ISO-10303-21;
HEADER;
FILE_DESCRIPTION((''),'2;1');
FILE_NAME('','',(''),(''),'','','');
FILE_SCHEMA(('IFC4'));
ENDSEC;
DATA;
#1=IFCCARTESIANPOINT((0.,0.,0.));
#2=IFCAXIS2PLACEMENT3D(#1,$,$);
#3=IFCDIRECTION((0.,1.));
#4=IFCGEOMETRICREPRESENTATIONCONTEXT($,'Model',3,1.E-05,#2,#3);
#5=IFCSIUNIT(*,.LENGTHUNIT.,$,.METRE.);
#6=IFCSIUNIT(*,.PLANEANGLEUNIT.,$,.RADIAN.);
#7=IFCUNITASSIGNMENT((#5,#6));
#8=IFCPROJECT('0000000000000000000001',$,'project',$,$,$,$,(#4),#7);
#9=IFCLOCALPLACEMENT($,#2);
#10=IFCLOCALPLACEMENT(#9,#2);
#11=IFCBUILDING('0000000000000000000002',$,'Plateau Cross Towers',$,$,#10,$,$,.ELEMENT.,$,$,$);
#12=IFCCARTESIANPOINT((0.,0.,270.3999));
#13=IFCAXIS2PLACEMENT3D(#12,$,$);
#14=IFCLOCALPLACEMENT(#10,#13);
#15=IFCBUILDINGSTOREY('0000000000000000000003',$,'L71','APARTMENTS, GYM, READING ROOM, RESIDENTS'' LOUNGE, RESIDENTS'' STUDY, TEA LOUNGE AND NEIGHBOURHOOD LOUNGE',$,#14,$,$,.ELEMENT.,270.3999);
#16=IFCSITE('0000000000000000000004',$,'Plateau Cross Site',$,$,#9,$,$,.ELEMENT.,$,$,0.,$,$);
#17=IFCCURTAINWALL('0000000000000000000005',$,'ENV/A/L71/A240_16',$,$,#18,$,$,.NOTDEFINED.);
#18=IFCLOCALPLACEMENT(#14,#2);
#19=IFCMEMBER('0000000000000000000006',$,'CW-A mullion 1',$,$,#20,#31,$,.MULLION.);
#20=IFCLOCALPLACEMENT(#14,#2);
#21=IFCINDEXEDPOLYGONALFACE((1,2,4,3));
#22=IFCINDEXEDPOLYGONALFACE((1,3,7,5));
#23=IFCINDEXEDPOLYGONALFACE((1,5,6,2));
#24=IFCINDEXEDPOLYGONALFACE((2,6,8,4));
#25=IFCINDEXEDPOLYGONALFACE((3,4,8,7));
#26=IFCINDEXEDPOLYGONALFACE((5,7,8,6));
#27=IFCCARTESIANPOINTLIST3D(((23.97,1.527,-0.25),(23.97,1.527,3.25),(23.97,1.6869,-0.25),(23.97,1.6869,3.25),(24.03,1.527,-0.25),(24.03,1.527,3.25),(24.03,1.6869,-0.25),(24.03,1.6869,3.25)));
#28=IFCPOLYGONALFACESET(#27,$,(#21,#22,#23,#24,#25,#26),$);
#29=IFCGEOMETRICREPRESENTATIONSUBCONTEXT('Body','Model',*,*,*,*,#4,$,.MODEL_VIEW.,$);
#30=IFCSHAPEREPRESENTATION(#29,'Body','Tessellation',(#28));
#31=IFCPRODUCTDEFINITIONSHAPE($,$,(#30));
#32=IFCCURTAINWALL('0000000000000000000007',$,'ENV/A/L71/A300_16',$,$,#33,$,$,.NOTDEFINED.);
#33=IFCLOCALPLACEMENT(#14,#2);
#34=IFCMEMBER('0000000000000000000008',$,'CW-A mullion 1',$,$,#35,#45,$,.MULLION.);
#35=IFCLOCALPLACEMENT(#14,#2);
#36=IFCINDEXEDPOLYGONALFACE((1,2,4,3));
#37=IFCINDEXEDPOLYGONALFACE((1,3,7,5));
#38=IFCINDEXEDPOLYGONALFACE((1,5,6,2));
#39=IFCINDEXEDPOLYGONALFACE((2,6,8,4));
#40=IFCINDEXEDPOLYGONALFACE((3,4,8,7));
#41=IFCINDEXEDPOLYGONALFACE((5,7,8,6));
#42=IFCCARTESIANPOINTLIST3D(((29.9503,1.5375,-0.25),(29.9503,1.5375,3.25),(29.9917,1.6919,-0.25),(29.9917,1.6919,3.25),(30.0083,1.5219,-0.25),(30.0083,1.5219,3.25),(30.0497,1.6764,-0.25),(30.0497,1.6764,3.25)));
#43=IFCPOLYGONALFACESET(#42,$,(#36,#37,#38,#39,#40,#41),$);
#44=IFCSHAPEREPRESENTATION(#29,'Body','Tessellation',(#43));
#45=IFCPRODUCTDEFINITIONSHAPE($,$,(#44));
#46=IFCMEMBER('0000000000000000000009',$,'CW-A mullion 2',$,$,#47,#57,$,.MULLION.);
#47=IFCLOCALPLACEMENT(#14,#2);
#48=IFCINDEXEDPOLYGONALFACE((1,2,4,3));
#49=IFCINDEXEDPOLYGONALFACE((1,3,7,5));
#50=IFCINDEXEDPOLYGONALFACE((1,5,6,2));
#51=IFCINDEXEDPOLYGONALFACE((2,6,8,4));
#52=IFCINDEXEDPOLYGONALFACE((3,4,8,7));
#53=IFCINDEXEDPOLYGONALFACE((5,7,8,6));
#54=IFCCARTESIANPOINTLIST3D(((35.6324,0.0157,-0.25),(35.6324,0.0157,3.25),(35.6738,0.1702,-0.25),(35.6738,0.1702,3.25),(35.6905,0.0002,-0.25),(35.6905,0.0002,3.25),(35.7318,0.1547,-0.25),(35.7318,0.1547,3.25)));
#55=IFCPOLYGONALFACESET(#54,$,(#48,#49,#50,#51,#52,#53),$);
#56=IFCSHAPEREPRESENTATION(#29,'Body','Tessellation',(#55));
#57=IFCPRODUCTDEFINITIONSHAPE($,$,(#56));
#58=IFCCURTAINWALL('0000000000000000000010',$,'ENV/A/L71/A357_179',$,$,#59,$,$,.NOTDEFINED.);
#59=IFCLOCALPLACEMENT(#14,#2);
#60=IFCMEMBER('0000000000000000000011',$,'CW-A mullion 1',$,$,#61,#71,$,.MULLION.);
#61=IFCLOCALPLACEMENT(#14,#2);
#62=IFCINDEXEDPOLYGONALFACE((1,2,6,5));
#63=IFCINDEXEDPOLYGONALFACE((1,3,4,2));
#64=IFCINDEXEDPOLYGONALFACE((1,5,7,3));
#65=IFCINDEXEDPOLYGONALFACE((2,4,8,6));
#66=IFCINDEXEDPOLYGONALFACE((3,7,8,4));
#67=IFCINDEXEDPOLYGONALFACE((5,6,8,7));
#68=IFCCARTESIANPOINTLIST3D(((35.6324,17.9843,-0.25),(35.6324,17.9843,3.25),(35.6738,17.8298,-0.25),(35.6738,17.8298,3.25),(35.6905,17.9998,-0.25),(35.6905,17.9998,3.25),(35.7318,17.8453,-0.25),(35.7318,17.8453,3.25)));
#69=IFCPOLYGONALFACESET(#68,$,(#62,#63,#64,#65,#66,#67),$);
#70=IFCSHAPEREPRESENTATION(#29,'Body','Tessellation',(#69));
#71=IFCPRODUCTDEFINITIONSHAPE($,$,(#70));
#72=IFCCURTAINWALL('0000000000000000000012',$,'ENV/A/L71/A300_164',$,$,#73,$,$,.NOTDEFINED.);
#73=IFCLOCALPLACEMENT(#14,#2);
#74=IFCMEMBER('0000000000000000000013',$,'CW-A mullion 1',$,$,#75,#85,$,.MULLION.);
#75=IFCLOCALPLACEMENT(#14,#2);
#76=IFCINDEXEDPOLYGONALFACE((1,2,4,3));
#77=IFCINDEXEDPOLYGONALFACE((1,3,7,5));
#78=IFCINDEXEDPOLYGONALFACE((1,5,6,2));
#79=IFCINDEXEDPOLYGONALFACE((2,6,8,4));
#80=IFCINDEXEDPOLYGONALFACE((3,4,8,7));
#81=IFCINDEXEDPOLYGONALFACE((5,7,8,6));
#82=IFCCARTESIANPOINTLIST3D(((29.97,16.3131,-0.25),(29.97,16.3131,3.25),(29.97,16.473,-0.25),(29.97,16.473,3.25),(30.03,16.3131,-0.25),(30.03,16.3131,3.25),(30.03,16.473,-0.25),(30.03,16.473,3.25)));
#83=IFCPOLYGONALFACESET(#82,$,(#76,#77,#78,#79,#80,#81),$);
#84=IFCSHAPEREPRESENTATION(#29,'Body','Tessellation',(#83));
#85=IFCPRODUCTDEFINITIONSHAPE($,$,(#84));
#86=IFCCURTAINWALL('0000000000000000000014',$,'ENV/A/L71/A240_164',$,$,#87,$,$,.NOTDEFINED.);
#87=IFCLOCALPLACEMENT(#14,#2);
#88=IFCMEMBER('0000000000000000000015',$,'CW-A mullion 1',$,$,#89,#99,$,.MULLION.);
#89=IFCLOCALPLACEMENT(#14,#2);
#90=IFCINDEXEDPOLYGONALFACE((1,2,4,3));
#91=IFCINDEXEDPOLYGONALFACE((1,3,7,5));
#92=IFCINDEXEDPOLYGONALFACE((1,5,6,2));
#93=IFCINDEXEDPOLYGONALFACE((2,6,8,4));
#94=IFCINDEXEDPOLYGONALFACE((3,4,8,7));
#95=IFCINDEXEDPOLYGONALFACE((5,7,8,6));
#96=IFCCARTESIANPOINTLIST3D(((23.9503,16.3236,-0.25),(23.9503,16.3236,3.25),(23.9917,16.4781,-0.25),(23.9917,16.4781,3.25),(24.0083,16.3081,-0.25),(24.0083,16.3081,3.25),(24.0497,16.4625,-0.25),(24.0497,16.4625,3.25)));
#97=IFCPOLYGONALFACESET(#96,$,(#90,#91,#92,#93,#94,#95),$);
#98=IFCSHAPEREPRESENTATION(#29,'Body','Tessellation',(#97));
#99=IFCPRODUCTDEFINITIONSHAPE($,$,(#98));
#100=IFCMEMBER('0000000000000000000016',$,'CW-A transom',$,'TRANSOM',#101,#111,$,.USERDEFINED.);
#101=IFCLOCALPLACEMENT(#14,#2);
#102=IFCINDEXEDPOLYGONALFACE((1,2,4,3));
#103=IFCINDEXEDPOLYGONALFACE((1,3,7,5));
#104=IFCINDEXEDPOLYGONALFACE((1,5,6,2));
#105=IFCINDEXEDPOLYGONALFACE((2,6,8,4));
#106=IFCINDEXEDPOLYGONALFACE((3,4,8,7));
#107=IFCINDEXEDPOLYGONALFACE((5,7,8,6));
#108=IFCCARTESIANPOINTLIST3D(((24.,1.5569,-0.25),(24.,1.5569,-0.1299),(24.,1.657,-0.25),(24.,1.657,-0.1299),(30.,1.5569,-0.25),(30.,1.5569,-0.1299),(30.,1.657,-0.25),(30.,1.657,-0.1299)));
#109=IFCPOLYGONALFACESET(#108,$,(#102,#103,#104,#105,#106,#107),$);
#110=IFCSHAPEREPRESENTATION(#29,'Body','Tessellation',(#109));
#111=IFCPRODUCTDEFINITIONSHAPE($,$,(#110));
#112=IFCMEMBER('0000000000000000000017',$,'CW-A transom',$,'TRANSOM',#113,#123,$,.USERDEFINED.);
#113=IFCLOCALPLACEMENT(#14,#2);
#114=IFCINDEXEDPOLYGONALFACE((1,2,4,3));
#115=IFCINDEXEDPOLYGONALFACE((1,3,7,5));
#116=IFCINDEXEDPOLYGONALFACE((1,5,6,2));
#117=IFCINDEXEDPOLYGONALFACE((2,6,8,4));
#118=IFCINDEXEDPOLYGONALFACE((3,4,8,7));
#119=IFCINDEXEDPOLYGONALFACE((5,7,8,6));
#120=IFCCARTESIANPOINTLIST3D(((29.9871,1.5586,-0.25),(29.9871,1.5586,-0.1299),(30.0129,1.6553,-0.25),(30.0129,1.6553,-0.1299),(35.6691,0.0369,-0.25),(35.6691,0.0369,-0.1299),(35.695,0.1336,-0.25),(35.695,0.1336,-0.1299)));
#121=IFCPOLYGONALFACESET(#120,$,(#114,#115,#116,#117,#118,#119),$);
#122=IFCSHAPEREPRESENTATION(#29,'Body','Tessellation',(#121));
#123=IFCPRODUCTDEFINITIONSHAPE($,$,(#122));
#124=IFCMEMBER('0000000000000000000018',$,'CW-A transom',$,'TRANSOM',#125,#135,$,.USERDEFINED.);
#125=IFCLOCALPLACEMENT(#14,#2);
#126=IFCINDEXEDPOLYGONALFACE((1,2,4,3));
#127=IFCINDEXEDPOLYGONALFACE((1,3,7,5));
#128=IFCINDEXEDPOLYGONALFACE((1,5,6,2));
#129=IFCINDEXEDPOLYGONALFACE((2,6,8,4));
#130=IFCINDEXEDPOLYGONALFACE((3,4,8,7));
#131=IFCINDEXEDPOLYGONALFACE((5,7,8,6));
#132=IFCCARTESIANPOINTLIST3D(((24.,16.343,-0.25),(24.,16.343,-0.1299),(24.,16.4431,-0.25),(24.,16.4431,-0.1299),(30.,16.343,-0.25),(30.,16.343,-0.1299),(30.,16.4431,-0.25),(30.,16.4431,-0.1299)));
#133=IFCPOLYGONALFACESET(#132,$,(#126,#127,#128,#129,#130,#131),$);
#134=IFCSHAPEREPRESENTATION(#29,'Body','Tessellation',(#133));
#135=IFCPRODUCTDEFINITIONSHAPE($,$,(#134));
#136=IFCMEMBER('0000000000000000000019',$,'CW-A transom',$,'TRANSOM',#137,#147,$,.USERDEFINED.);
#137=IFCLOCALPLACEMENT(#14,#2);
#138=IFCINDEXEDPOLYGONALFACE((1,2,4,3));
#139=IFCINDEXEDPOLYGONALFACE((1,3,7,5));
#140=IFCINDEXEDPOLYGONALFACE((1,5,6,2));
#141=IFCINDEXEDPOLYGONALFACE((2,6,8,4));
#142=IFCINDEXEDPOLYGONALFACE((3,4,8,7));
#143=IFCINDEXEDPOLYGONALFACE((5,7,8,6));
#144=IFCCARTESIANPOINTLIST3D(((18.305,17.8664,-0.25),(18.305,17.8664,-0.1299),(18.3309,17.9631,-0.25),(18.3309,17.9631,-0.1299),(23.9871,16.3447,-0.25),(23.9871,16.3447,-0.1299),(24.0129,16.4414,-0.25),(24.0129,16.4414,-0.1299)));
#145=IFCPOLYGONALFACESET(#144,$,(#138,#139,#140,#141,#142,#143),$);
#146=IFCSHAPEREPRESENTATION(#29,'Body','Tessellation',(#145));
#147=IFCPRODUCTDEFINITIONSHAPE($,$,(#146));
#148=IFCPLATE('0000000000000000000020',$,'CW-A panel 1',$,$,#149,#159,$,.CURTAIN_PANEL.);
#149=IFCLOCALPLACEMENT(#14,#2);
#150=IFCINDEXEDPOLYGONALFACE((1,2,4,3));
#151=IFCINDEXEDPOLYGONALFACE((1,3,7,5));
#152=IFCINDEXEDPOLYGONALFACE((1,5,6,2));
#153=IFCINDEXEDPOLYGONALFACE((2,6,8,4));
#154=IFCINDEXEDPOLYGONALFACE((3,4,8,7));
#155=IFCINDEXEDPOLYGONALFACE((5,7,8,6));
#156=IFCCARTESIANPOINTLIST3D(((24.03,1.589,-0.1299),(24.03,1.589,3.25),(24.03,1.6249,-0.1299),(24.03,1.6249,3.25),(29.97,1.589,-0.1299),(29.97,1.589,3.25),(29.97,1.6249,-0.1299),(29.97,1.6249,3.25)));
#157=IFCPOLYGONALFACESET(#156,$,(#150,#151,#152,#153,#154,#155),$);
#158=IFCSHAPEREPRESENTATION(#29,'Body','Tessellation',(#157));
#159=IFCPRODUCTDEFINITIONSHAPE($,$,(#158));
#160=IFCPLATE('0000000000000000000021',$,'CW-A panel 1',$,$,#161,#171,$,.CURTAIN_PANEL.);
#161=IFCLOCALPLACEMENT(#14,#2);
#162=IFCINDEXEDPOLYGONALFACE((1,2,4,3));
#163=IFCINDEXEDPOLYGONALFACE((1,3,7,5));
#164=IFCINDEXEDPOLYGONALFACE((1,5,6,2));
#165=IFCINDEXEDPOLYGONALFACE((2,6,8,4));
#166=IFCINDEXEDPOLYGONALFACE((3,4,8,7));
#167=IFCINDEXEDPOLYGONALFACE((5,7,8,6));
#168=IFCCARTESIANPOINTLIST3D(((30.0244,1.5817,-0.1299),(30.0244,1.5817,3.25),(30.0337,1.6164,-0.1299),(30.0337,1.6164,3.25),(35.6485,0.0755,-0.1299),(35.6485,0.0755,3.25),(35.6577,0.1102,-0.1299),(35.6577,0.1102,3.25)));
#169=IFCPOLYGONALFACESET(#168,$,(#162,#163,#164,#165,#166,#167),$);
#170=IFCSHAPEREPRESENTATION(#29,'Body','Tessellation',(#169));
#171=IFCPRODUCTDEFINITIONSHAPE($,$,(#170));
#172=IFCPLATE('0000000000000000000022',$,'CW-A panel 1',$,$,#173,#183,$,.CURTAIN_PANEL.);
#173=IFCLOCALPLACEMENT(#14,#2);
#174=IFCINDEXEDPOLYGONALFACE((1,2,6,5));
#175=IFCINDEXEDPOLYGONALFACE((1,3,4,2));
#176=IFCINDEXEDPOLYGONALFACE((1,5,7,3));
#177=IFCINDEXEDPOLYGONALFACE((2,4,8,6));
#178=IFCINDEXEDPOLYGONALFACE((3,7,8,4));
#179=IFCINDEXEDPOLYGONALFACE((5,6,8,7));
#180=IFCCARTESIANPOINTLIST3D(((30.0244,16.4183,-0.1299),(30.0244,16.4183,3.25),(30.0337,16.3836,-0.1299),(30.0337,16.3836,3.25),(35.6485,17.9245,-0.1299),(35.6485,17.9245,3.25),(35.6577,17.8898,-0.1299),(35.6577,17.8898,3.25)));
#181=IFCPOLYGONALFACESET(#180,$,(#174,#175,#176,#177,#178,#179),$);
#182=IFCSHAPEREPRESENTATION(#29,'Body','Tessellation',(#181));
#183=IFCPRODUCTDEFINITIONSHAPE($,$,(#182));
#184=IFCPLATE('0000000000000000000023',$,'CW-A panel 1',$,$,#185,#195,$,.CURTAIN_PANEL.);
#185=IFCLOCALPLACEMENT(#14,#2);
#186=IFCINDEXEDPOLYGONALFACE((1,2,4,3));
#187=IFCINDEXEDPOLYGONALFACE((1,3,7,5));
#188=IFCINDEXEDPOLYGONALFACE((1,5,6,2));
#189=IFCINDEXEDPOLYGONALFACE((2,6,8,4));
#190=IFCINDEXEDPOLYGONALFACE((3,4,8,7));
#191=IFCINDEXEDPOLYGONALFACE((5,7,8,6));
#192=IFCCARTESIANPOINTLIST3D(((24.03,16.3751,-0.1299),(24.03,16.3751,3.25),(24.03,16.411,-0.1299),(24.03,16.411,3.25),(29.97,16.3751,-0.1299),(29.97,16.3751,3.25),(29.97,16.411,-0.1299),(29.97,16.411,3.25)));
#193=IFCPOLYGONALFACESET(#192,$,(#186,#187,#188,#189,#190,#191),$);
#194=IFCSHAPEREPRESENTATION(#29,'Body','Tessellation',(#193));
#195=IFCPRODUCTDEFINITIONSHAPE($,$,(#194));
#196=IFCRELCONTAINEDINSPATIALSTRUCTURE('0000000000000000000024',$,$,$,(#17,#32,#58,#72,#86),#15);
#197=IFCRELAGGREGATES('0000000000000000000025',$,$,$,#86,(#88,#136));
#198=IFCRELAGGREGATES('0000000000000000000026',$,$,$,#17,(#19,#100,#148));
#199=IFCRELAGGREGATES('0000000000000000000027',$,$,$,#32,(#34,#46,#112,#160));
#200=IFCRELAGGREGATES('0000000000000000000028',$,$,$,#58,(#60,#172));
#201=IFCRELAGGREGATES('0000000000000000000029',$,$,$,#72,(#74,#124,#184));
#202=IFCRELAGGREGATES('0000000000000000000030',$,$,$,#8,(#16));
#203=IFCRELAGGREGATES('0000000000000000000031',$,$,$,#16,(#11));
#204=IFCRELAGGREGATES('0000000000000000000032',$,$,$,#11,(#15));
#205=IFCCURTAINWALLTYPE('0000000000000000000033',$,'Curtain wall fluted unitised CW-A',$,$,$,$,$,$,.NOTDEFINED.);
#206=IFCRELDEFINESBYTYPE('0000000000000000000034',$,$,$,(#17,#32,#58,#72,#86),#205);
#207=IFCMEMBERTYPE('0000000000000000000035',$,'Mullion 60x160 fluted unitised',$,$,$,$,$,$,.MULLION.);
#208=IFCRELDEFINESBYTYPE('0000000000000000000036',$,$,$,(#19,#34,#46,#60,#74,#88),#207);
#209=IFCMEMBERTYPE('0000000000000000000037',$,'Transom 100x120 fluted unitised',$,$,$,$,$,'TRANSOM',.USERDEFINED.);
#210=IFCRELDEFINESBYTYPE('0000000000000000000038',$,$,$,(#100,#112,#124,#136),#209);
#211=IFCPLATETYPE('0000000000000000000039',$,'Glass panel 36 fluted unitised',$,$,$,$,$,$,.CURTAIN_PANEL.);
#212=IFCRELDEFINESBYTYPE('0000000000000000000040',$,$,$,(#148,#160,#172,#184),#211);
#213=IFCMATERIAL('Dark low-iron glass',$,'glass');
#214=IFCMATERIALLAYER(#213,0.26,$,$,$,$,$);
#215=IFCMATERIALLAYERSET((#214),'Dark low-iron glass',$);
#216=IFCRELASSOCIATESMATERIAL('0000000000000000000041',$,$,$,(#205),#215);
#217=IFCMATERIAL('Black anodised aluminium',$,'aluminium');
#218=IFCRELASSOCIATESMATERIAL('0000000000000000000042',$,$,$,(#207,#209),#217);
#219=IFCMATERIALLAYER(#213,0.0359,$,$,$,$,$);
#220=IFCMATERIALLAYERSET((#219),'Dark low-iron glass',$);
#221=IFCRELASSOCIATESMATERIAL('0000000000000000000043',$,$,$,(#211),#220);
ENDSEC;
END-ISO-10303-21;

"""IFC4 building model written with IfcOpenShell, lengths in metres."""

from ifc_helpers import new_model, si_unit, direction, frame, origin, origin_2d, place, context, subcontext, project, spatial, rectangle, extrude, material, layer, layer_set, material_profile, profile_set, type_object, element, aggregate, save


model = new_model("IFC4")

# Units and contexts
model_context = context("Model", 3, precision=1e-05, world=origin(), true_north=direction((0.0, 1.0)))
body_context = subcontext(model_context, "Body", "Model", "MODEL_VIEW")
ifc_project = project(units=[si_unit("LENGTHUNIT", "METRE"), si_unit("PLANEANGLEUNIT", "RADIAN")], contexts=[model_context])

# Site, building, storey
site_placement = place(None, origin())
site = spatial("IfcSite", under=ifc_project, at=site_placement, Name="Plateau Cross Site", CompositionType="ELEMENT", RefElevation=0.0)
building_placement = place(site_placement, origin())
building = spatial("IfcBuilding", under=site, at=building_placement, Name="Plateau Cross Towers", CompositionType="ELEMENT")
storey_placement = place(building_placement, frame((0.0, 0.0, 270.3999)))
storey = spatial("IfcBuildingStorey", under=building, at=storey_placement, Name="L71", Description="APARTMENTS, GYM, READING ROOM, RESIDENTS' LOUNGE, RESIDENTS' STUDY, TEA LOUNGE AND NEIGHBOURHOOD LOUNGE", CompositionType="ELEMENT", Elevation=270.3999)

# Curtain wall, member
ifc_material_1 = material(Name="Dark low-iron glass", Category="glass")
ifc_layer_1 = layer(ifc_material_1, 0.26)
ifc_layer_set_1 = layer_set([ifc_layer_1], Name="Dark low-iron glass")
curtain_wall_type = type_object("IfcCurtainWallType", Name="Curtain wall fluted unitised CW-A", PredefinedType="NOTDEFINED", material=ifc_layer_set_1)
curtain_wall_1_placement = place(storey_placement, origin())
curtain_wall_1 = element("IfcCurtainWall", 1, at=curtain_wall_1_placement, inside=storey, type_object=curtain_wall_type, Name="ENV/A/L71/A240_16", PredefinedType="NOTDEFINED")
ifc_material_2 = material(Name="Black anodised aluminium", Category="aluminium")
ifc_material_profile_1 = material_profile(ifc_material_2, rectangle(XDim=0.0601, YDim=0.1599, at=origin_2d()), Name="MULLION 60x160")
ifc_profile_set_1 = profile_set([ifc_material_profile_1], Name="Black anodised aluminium")
member_type_1 = type_object("IfcMemberType", Name="Mullion 60x160 fluted unitised", PredefinedType="MULLION", material=ifc_profile_set_1)
member_1_placement = place(storey_placement, frame((24.0, 1.6069, -0.25), z_axis=(0.0, 0.0, 1.0), x_axis=(1.0, 0.0, 0.0)))
member_1 = element("IfcMember", 2, at=member_1_placement, type_object=member_type_1, Name="CW-A mullion 1", PredefinedType="MULLION", context=body_context, shape_type="SweptSolid", body=[
    extrude(rectangle(XDim=0.0601, YDim=0.1599, at=origin_2d()), origin(), (0.0, 0.0, 1.0), 3.5),
])

# Curtain wall, members
curtain_wall_2_placement = place(storey_placement, origin())
curtain_wall_2 = element("IfcCurtainWall", 3, at=curtain_wall_2_placement, inside=storey, type_object=curtain_wall_type, Name="ENV/A/L71/A300_16", PredefinedType="NOTDEFINED")
member_2_placement = place(storey_placement, frame((30.0, 1.6069, -0.25), z_axis=(0.0, 0.0, 1.0), x_axis=(0.965958, -0.258699, 0.0)))
member_2 = element("IfcMember", 4, at=member_2_placement, type_object=member_type_1, Name="CW-A mullion 1", PredefinedType="MULLION", context=body_context, shape_type="SweptSolid", body=[
    extrude(rectangle(XDim=0.0601, YDim=0.1599, at=origin_2d()), origin(), (0.0, 0.0, 1.0), 3.5),
])
member_3_placement = place(storey_placement, frame((35.6821, 0.0852, -0.25), z_axis=(0.0, 0.0, 1.0), x_axis=(0.965958, -0.258699, 0.0)))
member_3 = element("IfcMember", 5, at=member_3_placement, type_object=member_type_1, Name="CW-A mullion 2", PredefinedType="MULLION", context=body_context, shape_type="SweptSolid", body=[
    extrude(rectangle(XDim=0.0601, YDim=0.1599, at=origin_2d()), origin(), (0.0, 0.0, 1.0), 3.5),
])

# Curtain walls, members
curtain_wall_3_placement = place(storey_placement, origin())
curtain_wall_3 = element("IfcCurtainWall", 6, at=curtain_wall_3_placement, inside=storey, type_object=curtain_wall_type, Name="ENV/A/L71/A357_179", PredefinedType="NOTDEFINED")
member_4_placement = place(storey_placement, frame((35.6821, 17.9148, -0.25), z_axis=(0.0, 0.0, 1.0), x_axis=(-0.965958, -0.258699, 0.0)))
member_4 = element("IfcMember", 7, at=member_4_placement, type_object=member_type_1, Name="CW-A mullion 1", PredefinedType="MULLION", context=body_context, shape_type="SweptSolid", body=[
    extrude(rectangle(XDim=0.0601, YDim=0.1599, at=origin_2d()), origin(), (0.0, 0.0, 1.0), 3.5),
])
curtain_wall_4_placement = place(storey_placement, origin())
curtain_wall_4 = element("IfcCurtainWall", 8, at=curtain_wall_4_placement, inside=storey, type_object=curtain_wall_type, Name="ENV/A/L71/A300_164", PredefinedType="NOTDEFINED")
member_5_placement = place(storey_placement, frame((30.0, 16.3931, -0.25), z_axis=(0.0, 0.0, 1.0), x_axis=(-1.0, 0.0, 0.0)))
member_5 = element("IfcMember", 9, at=member_5_placement, type_object=member_type_1, Name="CW-A mullion 1", PredefinedType="MULLION", context=body_context, shape_type="SweptSolid", body=[
    extrude(rectangle(XDim=0.0601, YDim=0.1599, at=origin_2d()), origin(), (0.0, 0.0, 1.0), 3.5),
])
curtain_wall_5_placement = place(storey_placement, origin())
curtain_wall_5 = element("IfcCurtainWall", 10, at=curtain_wall_5_placement, inside=storey, type_object=curtain_wall_type, Name="ENV/A/L71/A240_164", PredefinedType="NOTDEFINED")
member_6_placement = place(storey_placement, frame((24.0, 16.3931, -0.25), z_axis=(0.0, 0.0, 1.0), x_axis=(-0.965958, 0.258699, 0.0)))
member_6 = element("IfcMember", 11, at=member_6_placement, type_object=member_type_1, Name="CW-A mullion 1", PredefinedType="MULLION", context=body_context, shape_type="SweptSolid", body=[
    extrude(rectangle(XDim=0.0601, YDim=0.1599, at=origin_2d()), origin(), (0.0, 0.0, 1.0), 3.5),
])

# Members
ifc_material_profile_2 = material_profile(ifc_material_2, rectangle(XDim=0.1001, YDim=0.1201, at=origin_2d()), Name="TRANSOM 100x120")
ifc_profile_set_2 = profile_set([ifc_material_profile_2], Name="Black anodised aluminium")
member_type_2 = type_object("IfcMemberType", Name="Transom 100x120 fluted unitised", ElementType="TRANSOM", PredefinedType="USERDEFINED", material=ifc_profile_set_2)
member_7_placement = place(storey_placement, frame((24.0, 1.6069, -0.1899), z_axis=(1.0, 0.0, 0.0), x_axis=(0.0, 1.0, 0.0)))
member_7 = element("IfcMember", 12, at=member_7_placement, type_object=member_type_2, Name="CW-A transom", ObjectType="TRANSOM", PredefinedType="USERDEFINED", context=body_context, shape_type="SweptSolid", body=[
    extrude(rectangle(XDim=0.1001, YDim=0.1201, at=origin_2d()), origin(), (0.0, 0.0, 1.0), 6.0),
])
member_8_placement = place(storey_placement, frame((30.0, 1.6069, -0.1899), z_axis=(0.96596, -0.258693, 0.0), x_axis=(0.258693, 0.96596, 0.0)))
member_8 = element("IfcMember", 13, at=member_8_placement, type_object=member_type_2, Name="CW-A transom", ObjectType="TRANSOM", PredefinedType="USERDEFINED", context=body_context, shape_type="SweptSolid", body=[
    extrude(rectangle(XDim=0.1001, YDim=0.1201, at=origin_2d()), origin(), (0.0, 0.0, 1.0), 5.8823),
])
member_9_placement = place(storey_placement, frame((30.0, 16.3931, -0.1899), z_axis=(-1.0, 0.0, 0.0), x_axis=(0.0, -1.0, 0.0)))
member_9 = element("IfcMember", 14, at=member_9_placement, type_object=member_type_2, Name="CW-A transom", ObjectType="TRANSOM", PredefinedType="USERDEFINED", context=body_context, shape_type="SweptSolid", body=[
    extrude(rectangle(XDim=0.1001, YDim=0.1201, at=origin_2d()), origin(), (0.0, 0.0, 1.0), 6.0),
])
member_10_placement = place(storey_placement, frame((24.0, 16.3931, -0.1899), z_axis=(-0.96596, 0.258693, 0.0), x_axis=(-0.258693, -0.96596, 0.0)))
member_10 = element("IfcMember", 15, at=member_10_placement, type_object=member_type_2, Name="CW-A transom", ObjectType="TRANSOM", PredefinedType="USERDEFINED", context=body_context, shape_type="SweptSolid", body=[
    extrude(rectangle(XDim=0.1001, YDim=0.1201, at=origin_2d()), origin(), (0.0, 0.0, 1.0), 5.8823),
])
aggregate(curtain_wall_5, [member_6, member_10])

# Plates
ifc_layer_2 = layer(ifc_material_1, 0.0359)
ifc_layer_set_2 = layer_set([ifc_layer_2], Name="Dark low-iron glass")
plate_type = type_object("IfcPlateType", Name="Glass panel 36 fluted unitised", PredefinedType="CURTAIN_PANEL", material=ifc_layer_set_2)
plate_1_placement = place(storey_placement, frame((27.0, 1.6069, -0.1299), z_axis=(0.0, 0.0, 1.0), x_axis=(1.0, 0.0, 0.0)))
plate_1 = element("IfcPlate", 16, at=plate_1_placement, type_object=plate_type, Name="CW-A panel 1", PredefinedType="CURTAIN_PANEL", context=body_context, shape_type="SweptSolid", body=[
    extrude(rectangle(XDim=5.9399, YDim=0.0359, at=origin_2d()), origin(), (0.0, 0.0, 1.0), 3.3799),
])
aggregate(curtain_wall_1, [member_1, member_7, plate_1])
plate_2_placement = place(storey_placement, frame((32.8411, 0.8459, -0.1299), z_axis=(0.0, 0.0, 1.0), x_axis=(0.965958, -0.258699, 0.0)))
plate_2 = element("IfcPlate", 17, at=plate_2_placement, type_object=plate_type, Name="CW-A panel 1", PredefinedType="CURTAIN_PANEL", context=body_context, shape_type="SweptSolid", body=[
    extrude(rectangle(XDim=5.8223, YDim=0.0359, at=origin_2d()), origin(), (0.0, 0.0, 1.0), 3.3799),
])
aggregate(curtain_wall_2, [member_2, member_3, member_8, plate_2])
plate_3_placement = place(storey_placement, frame((32.8411, 17.1541, -0.1299), z_axis=(0.0, 0.0, 1.0), x_axis=(-0.965958, -0.258699, 0.0)))
plate_3 = element("IfcPlate", 18, at=plate_3_placement, type_object=plate_type, Name="CW-A panel 1", PredefinedType="CURTAIN_PANEL", context=body_context, shape_type="SweptSolid", body=[
    extrude(rectangle(XDim=5.8223, YDim=0.0359, at=origin_2d()), origin(), (0.0, 0.0, 1.0), 3.3799),
])
aggregate(curtain_wall_3, [member_4, plate_3])
plate_4_placement = place(storey_placement, frame((27.0, 16.3931, -0.1299), z_axis=(0.0, 0.0, 1.0), x_axis=(-1.0, 0.0, 0.0)))
plate_4 = element("IfcPlate", 19, at=plate_4_placement, type_object=plate_type, Name="CW-A panel 1", PredefinedType="CURTAIN_PANEL", context=body_context, shape_type="SweptSolid", body=[
    extrude(rectangle(XDim=5.9399, YDim=0.0359, at=origin_2d()), origin(), (0.0, 0.0, 1.0), 3.3799),
])
aggregate(curtain_wall_4, [member_5, member_9, plate_4])

save(model, "model.ifc")
